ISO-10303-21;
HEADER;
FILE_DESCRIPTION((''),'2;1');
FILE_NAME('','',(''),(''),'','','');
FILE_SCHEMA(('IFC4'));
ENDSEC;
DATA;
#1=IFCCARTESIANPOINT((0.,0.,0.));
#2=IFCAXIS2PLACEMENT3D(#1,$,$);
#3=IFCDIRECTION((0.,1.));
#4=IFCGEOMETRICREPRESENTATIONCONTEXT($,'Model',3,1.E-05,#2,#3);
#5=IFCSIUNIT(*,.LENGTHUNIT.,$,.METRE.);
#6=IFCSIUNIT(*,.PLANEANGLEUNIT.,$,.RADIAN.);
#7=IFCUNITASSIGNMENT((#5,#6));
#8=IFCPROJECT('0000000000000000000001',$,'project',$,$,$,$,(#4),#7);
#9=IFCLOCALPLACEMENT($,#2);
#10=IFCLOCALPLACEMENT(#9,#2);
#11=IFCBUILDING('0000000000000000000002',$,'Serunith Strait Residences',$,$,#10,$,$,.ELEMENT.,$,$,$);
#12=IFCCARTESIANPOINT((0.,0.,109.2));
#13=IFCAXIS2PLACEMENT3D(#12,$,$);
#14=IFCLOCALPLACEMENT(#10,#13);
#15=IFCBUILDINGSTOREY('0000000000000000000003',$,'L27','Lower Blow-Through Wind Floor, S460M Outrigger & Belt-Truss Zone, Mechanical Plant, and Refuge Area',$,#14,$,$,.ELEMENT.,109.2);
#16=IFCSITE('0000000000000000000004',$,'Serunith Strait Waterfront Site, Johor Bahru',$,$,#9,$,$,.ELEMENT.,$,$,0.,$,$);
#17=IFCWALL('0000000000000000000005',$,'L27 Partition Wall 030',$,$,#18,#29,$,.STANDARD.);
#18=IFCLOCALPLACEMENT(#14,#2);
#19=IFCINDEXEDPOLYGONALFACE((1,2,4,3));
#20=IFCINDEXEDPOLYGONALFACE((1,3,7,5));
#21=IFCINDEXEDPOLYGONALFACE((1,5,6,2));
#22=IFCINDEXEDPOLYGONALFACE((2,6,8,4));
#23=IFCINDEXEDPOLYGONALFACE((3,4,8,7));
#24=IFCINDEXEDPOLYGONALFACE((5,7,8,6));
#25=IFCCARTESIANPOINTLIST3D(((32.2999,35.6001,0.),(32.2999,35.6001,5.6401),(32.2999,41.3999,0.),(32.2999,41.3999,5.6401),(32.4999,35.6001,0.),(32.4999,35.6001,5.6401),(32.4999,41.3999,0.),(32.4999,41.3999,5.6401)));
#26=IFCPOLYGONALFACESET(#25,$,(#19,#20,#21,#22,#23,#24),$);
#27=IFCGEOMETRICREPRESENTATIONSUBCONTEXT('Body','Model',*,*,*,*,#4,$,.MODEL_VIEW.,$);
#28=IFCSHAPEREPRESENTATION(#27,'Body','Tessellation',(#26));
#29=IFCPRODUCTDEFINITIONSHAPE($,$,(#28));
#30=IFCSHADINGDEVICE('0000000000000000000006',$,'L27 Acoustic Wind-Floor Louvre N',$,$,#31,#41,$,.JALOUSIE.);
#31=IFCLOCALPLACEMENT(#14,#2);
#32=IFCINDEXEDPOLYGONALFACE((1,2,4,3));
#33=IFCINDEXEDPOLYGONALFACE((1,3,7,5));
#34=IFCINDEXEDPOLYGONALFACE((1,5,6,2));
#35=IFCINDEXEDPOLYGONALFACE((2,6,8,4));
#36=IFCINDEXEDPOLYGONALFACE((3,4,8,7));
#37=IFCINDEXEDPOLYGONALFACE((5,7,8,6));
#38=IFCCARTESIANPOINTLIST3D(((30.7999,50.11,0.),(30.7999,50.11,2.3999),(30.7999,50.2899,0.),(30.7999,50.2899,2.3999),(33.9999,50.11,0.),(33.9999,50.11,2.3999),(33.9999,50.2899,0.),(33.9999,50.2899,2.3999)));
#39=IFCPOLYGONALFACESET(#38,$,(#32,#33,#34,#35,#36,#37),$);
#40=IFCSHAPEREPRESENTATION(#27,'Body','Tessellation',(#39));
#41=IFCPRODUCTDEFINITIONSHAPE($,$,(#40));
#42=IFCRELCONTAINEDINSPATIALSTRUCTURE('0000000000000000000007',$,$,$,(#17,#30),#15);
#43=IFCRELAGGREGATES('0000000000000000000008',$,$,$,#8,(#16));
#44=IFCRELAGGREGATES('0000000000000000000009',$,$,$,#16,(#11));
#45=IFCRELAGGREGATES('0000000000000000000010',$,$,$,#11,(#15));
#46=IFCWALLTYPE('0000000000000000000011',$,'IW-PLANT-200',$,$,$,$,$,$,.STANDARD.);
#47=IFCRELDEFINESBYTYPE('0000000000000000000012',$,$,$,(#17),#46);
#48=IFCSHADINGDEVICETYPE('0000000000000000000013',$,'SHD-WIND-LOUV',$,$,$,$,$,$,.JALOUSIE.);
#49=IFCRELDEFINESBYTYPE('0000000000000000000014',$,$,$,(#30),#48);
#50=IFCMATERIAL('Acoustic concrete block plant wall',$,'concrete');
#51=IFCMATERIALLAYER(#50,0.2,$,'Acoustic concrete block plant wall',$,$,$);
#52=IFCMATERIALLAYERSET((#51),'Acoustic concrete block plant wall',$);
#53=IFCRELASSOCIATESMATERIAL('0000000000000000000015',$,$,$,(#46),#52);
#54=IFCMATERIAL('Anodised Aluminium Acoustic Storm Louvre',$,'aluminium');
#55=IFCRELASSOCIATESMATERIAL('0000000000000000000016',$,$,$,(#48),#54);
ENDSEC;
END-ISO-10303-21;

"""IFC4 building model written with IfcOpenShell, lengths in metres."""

from ifc_helpers import new_model, si_unit, direction, frame, frame_2d, origin, origin_2d, place, context, subcontext, project, spatial, rectangle, extrude, source, transform, mapped, material, layer, layer_set, type_object, element, save


model = new_model("IFC4")

# Units and contexts
model_context = context("Model", 3, precision=1e-05, world=origin(), true_north=direction((0.0, 1.0)))
body_context = subcontext(model_context, "Body", "Model", "MODEL_VIEW")
ifc_project = project(units=[si_unit("LENGTHUNIT", "METRE"), si_unit("PLANEANGLEUNIT", "RADIAN")], contexts=[model_context])

# Site, building, storey
site_placement = place(None, origin())
site = spatial("IfcSite", under=ifc_project, at=site_placement, Name="Serunith Strait Waterfront Site, Johor Bahru", CompositionType="ELEMENT", RefElevation=0.0)
building_placement = place(site_placement, origin())
building = spatial("IfcBuilding", under=site, at=building_placement, Name="Serunith Strait Residences", CompositionType="ELEMENT")
storey_placement = place(building_placement, frame((0.0, 0.0, 109.2)))
storey = spatial("IfcBuildingStorey", under=building, at=storey_placement, Name="L27", Description="Lower Blow-Through Wind Floor, S460M Outrigger & Belt-Truss Zone, Mechanical Plant, and Refuge Area", CompositionType="ELEMENT", Elevation=109.2)

# Wall
ifc_material_1 = material(Name="Acoustic concrete block plant wall", Category="concrete")
ifc_layer_1 = layer(ifc_material_1, 0.2, Name="Acoustic concrete block plant wall")
ifc_layer_set_1 = layer_set([ifc_layer_1], Name="Acoustic concrete block plant wall")
wall_type = type_object("IfcWallType", Name="IW-PLANT-200", PredefinedType="STANDARD", material=ifc_layer_set_1)
wall_placement = place(storey_placement, frame((32.3999, 35.6001, 0.0), z_axis=(0.0, 0.0, 1.0), x_axis=(0.0, 1.0, 0.0)))
element("IfcWall", 1, at=wall_placement, inside=storey, type_object=wall_type, Name="L27 Partition Wall 030", PredefinedType="STANDARD", context=body_context, shape_type="SweptSolid", body=[
    extrude(rectangle(XDim=5.7998, YDim=0.2, at=frame_2d((2.8999, 0.0))), origin(), (0.0, 0.0, 1.0), 5.6401),
])

# Shading device
ifc_material_2 = material(Name="Anodised Aluminium Acoustic Storm Louvre", Category="aluminium")
shading_device_type = type_object("IfcShadingDeviceType", Name="SHD-WIND-LOUV", PredefinedType="JALOUSIE", material=ifc_material_2)
shared_shape_1 = source(origin(), body_context, "Body", "SweptSolid", [
    extrude(rectangle(XDim=3.2, YDim=0.1799, at=origin_2d()), origin(), (0.0, 0.0, 1.0), 2.3999),
])
shading_device_placement = place(storey_placement, frame((32.3999, 50.2, 0.0), z_axis=(0.0, 0.0, 1.0), x_axis=(1.0, 0.0, 0.0)))
element("IfcShadingDevice", 2, at=shading_device_placement, inside=storey, type_object=shading_device_type, Name="L27 Acoustic Wind-Floor Louvre N", PredefinedType="JALOUSIE", context=body_context, shape_type="MappedRepresentation", body=[
    mapped(shared_shape_1, transform((0.0, 0.0, 0.0), scale=1.0)),
])

save(model, "model.ifc")
